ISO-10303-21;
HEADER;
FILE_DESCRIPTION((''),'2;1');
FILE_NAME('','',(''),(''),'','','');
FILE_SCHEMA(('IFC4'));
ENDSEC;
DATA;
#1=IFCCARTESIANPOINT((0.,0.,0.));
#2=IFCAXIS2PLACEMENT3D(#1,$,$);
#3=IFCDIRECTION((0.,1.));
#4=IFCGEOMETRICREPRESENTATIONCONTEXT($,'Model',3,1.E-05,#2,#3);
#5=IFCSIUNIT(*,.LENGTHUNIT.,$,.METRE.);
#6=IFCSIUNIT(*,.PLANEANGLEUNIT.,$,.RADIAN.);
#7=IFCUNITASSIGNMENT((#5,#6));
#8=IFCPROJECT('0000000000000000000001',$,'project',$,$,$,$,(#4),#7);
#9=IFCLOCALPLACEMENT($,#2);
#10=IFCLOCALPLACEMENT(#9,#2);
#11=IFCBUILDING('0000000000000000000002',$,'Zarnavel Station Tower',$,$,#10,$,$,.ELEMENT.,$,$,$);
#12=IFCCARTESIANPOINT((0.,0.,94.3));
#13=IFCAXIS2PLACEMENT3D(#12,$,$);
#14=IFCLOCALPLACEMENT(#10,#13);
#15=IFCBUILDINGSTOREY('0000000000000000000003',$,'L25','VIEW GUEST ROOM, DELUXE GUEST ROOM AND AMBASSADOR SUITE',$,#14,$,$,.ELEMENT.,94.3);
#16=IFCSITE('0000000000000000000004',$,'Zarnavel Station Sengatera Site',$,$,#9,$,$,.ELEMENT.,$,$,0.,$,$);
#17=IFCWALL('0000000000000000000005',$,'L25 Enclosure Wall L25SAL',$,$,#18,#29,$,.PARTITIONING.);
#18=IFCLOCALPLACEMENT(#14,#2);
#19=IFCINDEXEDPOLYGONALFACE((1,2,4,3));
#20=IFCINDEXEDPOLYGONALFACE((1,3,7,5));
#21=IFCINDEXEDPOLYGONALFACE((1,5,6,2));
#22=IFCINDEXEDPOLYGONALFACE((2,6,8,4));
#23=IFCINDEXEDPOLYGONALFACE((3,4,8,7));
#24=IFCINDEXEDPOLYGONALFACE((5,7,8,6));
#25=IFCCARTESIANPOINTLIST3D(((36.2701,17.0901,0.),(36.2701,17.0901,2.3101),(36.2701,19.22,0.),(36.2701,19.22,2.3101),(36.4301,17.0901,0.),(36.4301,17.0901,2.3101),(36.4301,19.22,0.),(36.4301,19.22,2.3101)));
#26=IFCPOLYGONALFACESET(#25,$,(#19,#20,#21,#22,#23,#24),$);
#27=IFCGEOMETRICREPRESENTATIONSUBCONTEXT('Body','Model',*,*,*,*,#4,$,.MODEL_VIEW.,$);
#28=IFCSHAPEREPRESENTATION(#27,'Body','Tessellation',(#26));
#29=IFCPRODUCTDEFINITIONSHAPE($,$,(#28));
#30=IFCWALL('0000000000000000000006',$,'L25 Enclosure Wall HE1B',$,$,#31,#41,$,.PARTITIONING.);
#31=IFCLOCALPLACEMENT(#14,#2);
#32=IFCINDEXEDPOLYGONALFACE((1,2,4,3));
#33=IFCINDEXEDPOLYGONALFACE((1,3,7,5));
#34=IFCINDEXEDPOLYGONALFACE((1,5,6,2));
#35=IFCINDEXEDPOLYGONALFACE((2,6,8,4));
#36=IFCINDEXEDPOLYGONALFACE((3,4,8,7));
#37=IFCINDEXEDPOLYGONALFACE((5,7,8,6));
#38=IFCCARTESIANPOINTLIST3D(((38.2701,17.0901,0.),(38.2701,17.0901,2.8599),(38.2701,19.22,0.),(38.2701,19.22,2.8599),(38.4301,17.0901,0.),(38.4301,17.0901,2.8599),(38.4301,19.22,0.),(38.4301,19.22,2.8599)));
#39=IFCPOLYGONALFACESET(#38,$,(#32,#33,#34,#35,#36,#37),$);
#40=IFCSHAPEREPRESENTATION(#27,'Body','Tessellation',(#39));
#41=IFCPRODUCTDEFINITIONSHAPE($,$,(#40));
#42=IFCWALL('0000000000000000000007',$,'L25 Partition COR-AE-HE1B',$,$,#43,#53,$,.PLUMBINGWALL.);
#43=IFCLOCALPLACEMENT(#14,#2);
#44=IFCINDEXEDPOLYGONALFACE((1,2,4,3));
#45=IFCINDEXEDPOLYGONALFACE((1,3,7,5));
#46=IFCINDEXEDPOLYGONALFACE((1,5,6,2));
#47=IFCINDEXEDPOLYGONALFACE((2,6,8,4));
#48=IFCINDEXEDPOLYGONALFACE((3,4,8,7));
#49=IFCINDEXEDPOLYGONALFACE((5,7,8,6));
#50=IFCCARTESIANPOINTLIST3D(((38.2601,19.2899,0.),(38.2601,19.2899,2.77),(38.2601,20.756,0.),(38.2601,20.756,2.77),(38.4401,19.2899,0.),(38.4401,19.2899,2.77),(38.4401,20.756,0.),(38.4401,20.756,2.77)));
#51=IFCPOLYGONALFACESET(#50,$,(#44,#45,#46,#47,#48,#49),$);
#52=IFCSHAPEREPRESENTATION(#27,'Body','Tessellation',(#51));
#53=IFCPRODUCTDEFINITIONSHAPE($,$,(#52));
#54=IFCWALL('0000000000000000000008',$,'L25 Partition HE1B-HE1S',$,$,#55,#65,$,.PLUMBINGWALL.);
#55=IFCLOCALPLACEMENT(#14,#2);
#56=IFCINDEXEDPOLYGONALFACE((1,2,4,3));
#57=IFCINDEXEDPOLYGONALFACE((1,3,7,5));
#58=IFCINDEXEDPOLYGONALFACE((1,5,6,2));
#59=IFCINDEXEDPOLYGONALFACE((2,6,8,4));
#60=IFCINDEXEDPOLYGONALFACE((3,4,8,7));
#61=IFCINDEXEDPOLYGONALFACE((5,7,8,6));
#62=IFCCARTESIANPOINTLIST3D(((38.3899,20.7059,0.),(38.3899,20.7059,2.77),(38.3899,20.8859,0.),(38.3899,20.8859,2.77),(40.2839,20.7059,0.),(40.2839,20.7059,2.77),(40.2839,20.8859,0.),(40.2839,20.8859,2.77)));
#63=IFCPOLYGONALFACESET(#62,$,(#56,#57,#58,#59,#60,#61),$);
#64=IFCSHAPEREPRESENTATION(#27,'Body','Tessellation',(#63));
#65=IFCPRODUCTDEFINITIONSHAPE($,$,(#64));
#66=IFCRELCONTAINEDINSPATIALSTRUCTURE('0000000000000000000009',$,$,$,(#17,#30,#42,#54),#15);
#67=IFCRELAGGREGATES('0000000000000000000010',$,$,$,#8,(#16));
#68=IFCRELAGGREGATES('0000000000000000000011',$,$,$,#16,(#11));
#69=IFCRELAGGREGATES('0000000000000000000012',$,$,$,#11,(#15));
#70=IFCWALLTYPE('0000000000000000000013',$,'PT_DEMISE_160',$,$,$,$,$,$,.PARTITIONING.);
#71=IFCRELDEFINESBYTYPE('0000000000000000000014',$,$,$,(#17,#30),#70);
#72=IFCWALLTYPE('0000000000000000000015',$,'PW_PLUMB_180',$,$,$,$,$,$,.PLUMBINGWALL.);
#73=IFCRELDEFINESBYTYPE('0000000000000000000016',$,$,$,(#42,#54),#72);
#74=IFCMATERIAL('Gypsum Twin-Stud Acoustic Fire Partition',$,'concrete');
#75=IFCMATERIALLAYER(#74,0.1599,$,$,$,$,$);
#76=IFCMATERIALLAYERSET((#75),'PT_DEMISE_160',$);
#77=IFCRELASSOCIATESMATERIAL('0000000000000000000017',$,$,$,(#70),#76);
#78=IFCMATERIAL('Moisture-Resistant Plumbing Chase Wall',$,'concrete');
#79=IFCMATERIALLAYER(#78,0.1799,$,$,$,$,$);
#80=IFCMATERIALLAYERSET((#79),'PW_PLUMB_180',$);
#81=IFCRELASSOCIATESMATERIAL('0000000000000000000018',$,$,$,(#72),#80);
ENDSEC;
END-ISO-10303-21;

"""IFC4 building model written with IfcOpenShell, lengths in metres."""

from ifc_helpers import new_model, si_unit, direction, frame, frame_2d, origin, place, context, subcontext, project, spatial, rectangle, extrude, material, layer, layer_set, type_object, element, save


model = new_model("IFC4")

# Units and contexts
model_context = context("Model", 3, precision=1e-05, world=origin(), true_north=direction((0.0, 1.0)))
body_context = subcontext(model_context, "Body", "Model", "MODEL_VIEW")
ifc_project = project(units=[si_unit("LENGTHUNIT", "METRE"), si_unit("PLANEANGLEUNIT", "RADIAN")], contexts=[model_context])

# Site, building, storey
site_placement = place(None, origin())
site = spatial("IfcSite", under=ifc_project, at=site_placement, Name="Zarnavel Station Sengatera Site", CompositionType="ELEMENT", RefElevation=0.0)
building_placement = place(site_placement, origin())
building = spatial("IfcBuilding", under=site, at=building_placement, Name="Zarnavel Station Tower", CompositionType="ELEMENT")
storey_placement = place(building_placement, frame((0.0, 0.0, 94.3)))
storey = spatial("IfcBuildingStorey", under=building, at=storey_placement, Name="L25", Description="VIEW GUEST ROOM, DELUXE GUEST ROOM AND AMBASSADOR SUITE", CompositionType="ELEMENT", Elevation=94.3)

# Walls
ifc_material_1 = material(Name="Gypsum Twin-Stud Acoustic Fire Partition", Category="concrete")
ifc_layer_1 = layer(ifc_material_1, 0.1599)
ifc_layer_set_1 = layer_set([ifc_layer_1], Name="PT_DEMISE_160")
wall_type_1 = type_object("IfcWallType", Name="PT_DEMISE_160", PredefinedType="PARTITIONING", material=ifc_layer_set_1)
wall_1_placement = place(storey_placement, frame((36.3501, 17.0901, 0.0), z_axis=(0.0, 0.0, 1.0), x_axis=(0.0, 1.0, 0.0)))
element("IfcWall", 1, at=wall_1_placement, inside=storey, type_object=wall_type_1, Name="L25 Enclosure Wall L25SAL", PredefinedType="PARTITIONING", context=body_context, shape_type="SweptSolid", body=[
    extrude(rectangle(XDim=2.1299, YDim=0.1599, at=frame_2d((1.0649, 0.0))), origin(), (0.0, 0.0, 1.0), 2.3101),
])
wall_2_placement = place(storey_placement, frame((38.3501, 17.0901, 0.0), z_axis=(0.0, 0.0, 1.0), x_axis=(0.0, 1.0, 0.0)))
element("IfcWall", 2, at=wall_2_placement, inside=storey, type_object=wall_type_1, Name="L25 Enclosure Wall HE1B", PredefinedType="PARTITIONING", context=body_context, shape_type="SweptSolid", body=[
    extrude(rectangle(XDim=2.1299, YDim=0.1599, at=frame_2d((1.0649, 0.0))), origin(), (0.0, 0.0, 1.0), 2.8599),
])
ifc_material_2 = material(Name="Moisture-Resistant Plumbing Chase Wall", Category="concrete")
ifc_layer_2 = layer(ifc_material_2, 0.1799)
ifc_layer_set_2 = layer_set([ifc_layer_2], Name="PW_PLUMB_180")
wall_type_2 = type_object("IfcWallType", Name="PW_PLUMB_180", PredefinedType="PLUMBINGWALL", material=ifc_layer_set_2)
wall_3_placement = place(storey_placement, frame((38.3501, 19.29, 0.0), z_axis=(0.0, 0.0, 1.0), x_axis=(0.0, 1.0, 0.0)))
element("IfcWall", 3, at=wall_3_placement, inside=storey, type_object=wall_type_2, Name="L25 Partition COR-AE-HE1B", PredefinedType="PLUMBINGWALL", context=body_context, shape_type="SweptSolid", body=[
    extrude(rectangle(XDim=1.4661, YDim=0.1799, at=frame_2d((0.7329, 0.0))), origin(), (0.0, 0.0, 1.0), 2.77),
])
wall_4_placement = place(storey_placement, frame((38.3899, 20.7959, 0.0), z_axis=(0.0, 0.0, 1.0), x_axis=(1.0, 0.0, 0.0)))
element("IfcWall", 4, at=wall_4_placement, inside=storey, type_object=wall_type_2, Name="L25 Partition HE1B-HE1S", PredefinedType="PLUMBINGWALL", context=body_context, shape_type="SweptSolid", body=[
    extrude(rectangle(XDim=1.894, YDim=0.1799, at=frame_2d((0.947, 0.0))), origin(), (0.0, 0.0, 1.0), 2.77),
])

save(model, "model.ifc")
